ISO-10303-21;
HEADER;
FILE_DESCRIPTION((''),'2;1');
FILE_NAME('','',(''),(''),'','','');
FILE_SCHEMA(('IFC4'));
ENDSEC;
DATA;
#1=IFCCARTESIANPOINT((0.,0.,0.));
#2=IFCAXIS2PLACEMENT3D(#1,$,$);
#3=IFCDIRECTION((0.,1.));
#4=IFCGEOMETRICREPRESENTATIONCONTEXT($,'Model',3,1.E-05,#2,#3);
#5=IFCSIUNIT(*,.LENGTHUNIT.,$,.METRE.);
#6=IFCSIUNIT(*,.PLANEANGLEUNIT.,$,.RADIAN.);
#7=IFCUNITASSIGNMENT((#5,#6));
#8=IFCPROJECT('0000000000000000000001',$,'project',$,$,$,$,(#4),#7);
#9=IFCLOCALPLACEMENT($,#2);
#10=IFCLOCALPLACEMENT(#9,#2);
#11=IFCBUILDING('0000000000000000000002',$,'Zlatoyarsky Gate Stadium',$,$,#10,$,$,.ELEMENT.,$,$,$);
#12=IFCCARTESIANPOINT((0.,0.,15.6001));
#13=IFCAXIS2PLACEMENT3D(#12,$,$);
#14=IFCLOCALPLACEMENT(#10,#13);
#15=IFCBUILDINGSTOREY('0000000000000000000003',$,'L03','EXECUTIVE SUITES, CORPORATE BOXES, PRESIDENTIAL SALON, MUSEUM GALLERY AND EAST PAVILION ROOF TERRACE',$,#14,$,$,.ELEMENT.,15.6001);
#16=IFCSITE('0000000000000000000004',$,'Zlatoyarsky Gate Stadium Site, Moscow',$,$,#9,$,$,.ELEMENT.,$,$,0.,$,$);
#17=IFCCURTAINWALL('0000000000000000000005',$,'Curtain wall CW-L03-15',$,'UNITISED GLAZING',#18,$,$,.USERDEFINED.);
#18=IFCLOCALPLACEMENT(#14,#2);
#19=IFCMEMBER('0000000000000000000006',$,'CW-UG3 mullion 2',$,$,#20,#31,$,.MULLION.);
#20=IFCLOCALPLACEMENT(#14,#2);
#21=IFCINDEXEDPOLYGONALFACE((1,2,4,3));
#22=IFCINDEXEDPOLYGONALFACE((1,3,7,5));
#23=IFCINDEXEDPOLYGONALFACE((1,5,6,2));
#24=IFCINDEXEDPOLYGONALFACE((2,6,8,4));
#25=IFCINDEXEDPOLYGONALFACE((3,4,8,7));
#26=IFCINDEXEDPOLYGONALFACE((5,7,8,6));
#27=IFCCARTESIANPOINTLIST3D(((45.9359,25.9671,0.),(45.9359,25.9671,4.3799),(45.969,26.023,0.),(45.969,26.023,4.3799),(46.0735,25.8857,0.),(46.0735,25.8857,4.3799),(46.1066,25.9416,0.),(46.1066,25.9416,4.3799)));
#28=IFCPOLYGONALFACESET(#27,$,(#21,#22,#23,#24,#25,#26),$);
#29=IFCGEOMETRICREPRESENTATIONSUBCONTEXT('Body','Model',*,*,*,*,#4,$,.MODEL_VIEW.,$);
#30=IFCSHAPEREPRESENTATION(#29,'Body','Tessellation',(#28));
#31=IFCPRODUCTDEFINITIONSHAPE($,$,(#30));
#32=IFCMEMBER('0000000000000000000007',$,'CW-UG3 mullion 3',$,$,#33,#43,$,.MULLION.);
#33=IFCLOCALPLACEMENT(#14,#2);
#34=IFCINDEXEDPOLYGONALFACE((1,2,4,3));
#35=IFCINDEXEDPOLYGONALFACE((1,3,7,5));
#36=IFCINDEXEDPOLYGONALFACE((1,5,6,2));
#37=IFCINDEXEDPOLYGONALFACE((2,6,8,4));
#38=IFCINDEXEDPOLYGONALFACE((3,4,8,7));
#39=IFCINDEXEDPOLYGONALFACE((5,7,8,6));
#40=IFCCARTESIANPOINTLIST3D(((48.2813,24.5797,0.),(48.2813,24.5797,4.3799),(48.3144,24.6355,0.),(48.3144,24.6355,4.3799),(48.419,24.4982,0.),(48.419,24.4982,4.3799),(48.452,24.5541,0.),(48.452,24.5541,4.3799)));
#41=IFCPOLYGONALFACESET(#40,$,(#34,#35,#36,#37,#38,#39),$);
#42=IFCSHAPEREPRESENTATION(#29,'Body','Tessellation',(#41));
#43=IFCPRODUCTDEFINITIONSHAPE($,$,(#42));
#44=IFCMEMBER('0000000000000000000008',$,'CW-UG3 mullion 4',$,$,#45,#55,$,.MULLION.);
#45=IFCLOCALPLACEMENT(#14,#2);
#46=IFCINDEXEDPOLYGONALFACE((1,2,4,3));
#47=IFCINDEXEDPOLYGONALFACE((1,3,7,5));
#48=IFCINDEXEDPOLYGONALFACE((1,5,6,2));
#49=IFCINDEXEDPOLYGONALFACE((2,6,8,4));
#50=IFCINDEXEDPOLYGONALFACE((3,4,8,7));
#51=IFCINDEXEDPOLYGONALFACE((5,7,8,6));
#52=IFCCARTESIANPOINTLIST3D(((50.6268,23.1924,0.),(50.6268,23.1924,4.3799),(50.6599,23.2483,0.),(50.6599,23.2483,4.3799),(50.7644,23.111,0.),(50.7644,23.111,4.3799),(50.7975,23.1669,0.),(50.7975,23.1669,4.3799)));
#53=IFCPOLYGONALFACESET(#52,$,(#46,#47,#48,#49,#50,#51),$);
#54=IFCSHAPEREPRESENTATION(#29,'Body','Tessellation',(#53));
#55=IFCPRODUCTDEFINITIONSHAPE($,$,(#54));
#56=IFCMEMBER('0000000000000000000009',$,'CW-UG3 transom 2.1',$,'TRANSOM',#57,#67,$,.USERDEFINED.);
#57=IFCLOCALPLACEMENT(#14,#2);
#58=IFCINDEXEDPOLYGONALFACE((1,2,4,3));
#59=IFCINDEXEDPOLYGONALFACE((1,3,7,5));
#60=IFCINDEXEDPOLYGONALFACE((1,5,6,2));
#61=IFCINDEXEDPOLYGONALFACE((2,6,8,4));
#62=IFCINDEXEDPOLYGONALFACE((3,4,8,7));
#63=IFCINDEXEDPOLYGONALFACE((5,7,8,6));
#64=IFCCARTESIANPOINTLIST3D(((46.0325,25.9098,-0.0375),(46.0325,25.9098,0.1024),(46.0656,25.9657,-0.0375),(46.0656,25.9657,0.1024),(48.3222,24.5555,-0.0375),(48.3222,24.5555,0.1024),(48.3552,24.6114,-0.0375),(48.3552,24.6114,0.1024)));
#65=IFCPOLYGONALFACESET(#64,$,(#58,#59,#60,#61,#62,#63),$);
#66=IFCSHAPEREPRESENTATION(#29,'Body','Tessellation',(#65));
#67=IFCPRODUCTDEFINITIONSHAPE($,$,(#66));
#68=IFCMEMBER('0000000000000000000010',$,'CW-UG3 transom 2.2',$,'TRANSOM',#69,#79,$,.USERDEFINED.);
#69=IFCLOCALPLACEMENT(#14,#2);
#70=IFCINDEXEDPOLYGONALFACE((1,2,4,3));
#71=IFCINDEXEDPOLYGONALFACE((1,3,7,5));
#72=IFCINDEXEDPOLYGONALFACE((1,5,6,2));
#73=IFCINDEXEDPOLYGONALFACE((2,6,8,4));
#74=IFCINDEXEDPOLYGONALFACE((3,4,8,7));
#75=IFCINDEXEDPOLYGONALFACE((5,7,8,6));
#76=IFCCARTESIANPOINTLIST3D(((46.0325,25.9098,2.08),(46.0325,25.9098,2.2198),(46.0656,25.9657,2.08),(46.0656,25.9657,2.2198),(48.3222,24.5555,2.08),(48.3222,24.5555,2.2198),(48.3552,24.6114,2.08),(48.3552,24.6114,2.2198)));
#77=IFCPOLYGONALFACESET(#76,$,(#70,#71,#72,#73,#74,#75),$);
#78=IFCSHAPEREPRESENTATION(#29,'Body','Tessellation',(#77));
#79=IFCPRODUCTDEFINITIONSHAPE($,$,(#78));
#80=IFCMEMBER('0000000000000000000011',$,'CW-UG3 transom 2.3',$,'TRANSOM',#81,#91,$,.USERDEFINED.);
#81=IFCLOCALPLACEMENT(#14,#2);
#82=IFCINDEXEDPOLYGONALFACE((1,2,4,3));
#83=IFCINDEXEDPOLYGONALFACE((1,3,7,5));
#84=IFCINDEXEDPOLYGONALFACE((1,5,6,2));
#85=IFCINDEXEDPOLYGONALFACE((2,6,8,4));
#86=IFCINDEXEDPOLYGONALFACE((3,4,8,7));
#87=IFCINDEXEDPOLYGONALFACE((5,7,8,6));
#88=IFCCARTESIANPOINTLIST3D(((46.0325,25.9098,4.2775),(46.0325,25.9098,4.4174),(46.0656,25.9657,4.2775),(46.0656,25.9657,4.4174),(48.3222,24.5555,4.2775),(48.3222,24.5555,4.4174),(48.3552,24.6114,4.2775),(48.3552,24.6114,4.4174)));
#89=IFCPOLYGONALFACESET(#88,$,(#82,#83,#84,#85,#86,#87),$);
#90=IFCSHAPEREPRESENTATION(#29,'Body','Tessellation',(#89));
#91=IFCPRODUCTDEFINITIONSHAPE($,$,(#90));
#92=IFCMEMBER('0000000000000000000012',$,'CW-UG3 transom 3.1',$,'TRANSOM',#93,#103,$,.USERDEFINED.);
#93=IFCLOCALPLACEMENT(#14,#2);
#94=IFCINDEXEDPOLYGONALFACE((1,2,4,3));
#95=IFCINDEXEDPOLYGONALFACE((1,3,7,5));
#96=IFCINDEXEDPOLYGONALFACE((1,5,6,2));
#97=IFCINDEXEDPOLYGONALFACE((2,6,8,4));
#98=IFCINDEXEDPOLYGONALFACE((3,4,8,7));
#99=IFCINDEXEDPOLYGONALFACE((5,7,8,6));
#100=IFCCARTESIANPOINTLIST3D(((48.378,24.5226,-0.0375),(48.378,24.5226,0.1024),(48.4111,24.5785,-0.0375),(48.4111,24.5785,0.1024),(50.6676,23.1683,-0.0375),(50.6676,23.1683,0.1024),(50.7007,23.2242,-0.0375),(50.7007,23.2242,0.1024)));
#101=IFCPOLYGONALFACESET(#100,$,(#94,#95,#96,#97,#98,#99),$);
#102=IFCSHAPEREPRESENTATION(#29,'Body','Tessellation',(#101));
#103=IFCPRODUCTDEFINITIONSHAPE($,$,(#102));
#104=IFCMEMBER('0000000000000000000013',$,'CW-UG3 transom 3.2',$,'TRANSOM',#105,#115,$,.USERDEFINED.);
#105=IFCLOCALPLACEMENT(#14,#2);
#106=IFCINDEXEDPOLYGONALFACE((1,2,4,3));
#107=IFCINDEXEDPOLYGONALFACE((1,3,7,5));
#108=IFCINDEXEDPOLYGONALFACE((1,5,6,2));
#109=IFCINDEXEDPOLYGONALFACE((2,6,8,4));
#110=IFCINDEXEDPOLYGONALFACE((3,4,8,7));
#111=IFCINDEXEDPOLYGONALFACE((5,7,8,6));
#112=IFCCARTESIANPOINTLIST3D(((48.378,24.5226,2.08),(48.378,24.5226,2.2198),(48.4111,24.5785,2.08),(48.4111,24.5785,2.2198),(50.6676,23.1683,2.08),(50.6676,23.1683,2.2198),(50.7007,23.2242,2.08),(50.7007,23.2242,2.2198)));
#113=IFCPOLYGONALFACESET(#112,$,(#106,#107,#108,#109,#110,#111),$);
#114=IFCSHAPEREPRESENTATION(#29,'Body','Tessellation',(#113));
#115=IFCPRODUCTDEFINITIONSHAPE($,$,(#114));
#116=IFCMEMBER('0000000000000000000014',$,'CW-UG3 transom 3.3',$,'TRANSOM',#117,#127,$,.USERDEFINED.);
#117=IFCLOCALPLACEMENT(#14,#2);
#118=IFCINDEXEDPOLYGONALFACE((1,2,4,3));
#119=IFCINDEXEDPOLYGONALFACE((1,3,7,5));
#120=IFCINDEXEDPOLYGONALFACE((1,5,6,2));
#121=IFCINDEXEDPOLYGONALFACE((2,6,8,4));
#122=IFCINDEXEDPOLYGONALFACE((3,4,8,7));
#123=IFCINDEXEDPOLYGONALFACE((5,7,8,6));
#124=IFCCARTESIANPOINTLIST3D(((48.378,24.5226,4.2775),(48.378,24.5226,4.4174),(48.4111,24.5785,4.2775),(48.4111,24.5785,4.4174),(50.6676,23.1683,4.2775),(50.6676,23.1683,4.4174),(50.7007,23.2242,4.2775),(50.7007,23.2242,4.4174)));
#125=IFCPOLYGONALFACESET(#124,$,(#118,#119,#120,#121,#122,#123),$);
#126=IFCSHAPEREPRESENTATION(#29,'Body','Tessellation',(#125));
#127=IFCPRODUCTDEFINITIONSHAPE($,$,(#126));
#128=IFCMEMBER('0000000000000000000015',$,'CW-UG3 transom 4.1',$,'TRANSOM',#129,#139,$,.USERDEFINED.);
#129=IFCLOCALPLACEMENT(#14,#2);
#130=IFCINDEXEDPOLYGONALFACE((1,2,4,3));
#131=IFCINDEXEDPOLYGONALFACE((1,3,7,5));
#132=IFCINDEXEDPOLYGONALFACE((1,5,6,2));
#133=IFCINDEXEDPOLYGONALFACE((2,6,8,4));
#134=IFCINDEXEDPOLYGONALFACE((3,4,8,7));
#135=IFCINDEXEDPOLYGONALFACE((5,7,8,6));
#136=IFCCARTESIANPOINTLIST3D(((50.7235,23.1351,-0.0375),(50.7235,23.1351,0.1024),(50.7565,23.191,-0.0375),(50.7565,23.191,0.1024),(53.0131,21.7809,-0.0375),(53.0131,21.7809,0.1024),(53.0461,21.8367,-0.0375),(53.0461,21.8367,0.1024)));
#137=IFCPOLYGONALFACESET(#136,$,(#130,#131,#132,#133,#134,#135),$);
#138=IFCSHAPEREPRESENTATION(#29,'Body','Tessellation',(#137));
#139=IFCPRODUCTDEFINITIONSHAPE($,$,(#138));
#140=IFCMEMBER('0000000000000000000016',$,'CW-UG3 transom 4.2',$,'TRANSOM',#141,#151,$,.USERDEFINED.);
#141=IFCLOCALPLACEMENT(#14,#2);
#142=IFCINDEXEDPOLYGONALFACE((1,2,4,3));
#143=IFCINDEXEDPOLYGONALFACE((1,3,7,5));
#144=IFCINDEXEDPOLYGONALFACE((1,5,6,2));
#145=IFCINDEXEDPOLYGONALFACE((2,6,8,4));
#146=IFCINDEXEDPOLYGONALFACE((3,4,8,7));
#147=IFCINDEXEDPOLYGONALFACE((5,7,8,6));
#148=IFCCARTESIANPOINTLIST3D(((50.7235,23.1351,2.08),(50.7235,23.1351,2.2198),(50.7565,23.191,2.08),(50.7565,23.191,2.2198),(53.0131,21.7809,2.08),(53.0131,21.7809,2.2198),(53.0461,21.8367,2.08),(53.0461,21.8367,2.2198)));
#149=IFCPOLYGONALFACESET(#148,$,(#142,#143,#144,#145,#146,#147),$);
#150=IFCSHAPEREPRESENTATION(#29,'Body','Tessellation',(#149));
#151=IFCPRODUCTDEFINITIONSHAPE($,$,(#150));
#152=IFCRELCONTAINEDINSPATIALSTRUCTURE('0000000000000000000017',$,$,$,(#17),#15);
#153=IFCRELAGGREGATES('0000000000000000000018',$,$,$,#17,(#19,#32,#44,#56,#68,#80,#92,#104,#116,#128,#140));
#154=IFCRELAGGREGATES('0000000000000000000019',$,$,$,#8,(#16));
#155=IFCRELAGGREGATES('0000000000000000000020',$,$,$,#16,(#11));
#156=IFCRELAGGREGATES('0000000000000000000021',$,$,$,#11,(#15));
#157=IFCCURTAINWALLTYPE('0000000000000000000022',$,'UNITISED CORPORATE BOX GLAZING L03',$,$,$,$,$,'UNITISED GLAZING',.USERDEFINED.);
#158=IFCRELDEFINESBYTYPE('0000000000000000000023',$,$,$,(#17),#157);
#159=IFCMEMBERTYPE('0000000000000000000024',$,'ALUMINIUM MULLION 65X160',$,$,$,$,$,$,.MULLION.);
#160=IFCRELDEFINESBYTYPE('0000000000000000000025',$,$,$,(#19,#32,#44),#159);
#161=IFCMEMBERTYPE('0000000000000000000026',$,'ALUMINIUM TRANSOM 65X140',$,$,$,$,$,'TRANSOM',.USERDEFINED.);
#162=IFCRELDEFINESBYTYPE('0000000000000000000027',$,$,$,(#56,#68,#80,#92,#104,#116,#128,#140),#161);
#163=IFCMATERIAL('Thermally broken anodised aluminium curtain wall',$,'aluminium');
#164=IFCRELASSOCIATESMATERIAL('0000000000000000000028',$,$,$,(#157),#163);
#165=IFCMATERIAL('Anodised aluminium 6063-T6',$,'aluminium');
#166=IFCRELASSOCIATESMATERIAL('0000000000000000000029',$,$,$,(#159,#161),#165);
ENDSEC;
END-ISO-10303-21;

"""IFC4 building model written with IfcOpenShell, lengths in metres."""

from ifc_helpers import new_model, si_unit, direction, frame, origin, origin_2d, place, context, subcontext, project, spatial, rectangle, extrude, material, material_profile, profile_set, type_object, element, aggregate, save


model = new_model("IFC4")

# Units and contexts
model_context = context("Model", 3, precision=1e-05, world=origin(), true_north=direction((0.0, 1.0)))
body_context = subcontext(model_context, "Body", "Model", "MODEL_VIEW")
ifc_project = project(units=[si_unit("LENGTHUNIT", "METRE"), si_unit("PLANEANGLEUNIT", "RADIAN")], contexts=[model_context])

# Site, building, storey
site_placement = place(None, origin())
site = spatial("IfcSite", under=ifc_project, at=site_placement, Name="Zlatoyarsky Gate Stadium Site, Moscow", CompositionType="ELEMENT", RefElevation=0.0)
building_placement = place(site_placement, origin())
building = spatial("IfcBuilding", under=site, at=building_placement, Name="Zlatoyarsky Gate Stadium", CompositionType="ELEMENT")
storey_placement = place(building_placement, frame((0.0, 0.0, 15.6001)))
storey = spatial("IfcBuildingStorey", under=building, at=storey_placement, Name="L03", Description="EXECUTIVE SUITES, CORPORATE BOXES, PRESIDENTIAL SALON, MUSEUM GALLERY AND EAST PAVILION ROOF TERRACE", CompositionType="ELEMENT", Elevation=15.6001)

# Curtain wall, members
ifc_material_1 = material(Name="Thermally broken anodised aluminium curtain wall", Category="aluminium")
curtain_wall_type = type_object("IfcCurtainWallType", Name="UNITISED CORPORATE BOX GLAZING L03", ElementType="UNITISED GLAZING", PredefinedType="USERDEFINED", material=ifc_material_1)
curtain_wall_placement = place(storey_placement, origin())
curtain_wall = element("IfcCurtainWall", 1, at=curtain_wall_placement, inside=storey, type_object=curtain_wall_type, Name="Curtain wall CW-L03-15", ObjectType="UNITISED GLAZING", PredefinedType="USERDEFINED")
ifc_material_2 = material(Name="Anodised aluminium 6063-T6", Category="aluminium")
ifc_material_profile_1 = material_profile(ifc_material_2, rectangle(XDim=0.0649, YDim=0.1599, at=origin_2d()), Name="ALU 65X160")
ifc_profile_set_1 = profile_set([ifc_material_profile_1], Name="Anodised aluminium 6063-T6")
member_type_1 = type_object("IfcMemberType", Name="ALUMINIUM MULLION 65X160", PredefinedType="MULLION", material=ifc_profile_set_1)
member_1_placement = place(storey_placement, frame((46.0212, 25.9543, 0.0), z_axis=(0.0, 0.0, 1.0), x_axis=(0.509098, 0.860708, 0.0)))
member_1 = element("IfcMember", 2, at=member_1_placement, type_object=member_type_1, Name="CW-UG3 mullion 2", PredefinedType="MULLION", context=body_context, shape_type="SweptSolid", body=[
    extrude(rectangle(XDim=0.0649, YDim=0.1599, at=origin_2d()), origin(), (0.0, 0.0, 1.0), 4.3799),
])
member_2_placement = place(storey_placement, frame((48.3667, 24.5669, 0.0), z_axis=(0.0, 0.0, 1.0), x_axis=(0.509098, 0.860708, 0.0)))
member_2 = element("IfcMember", 3, at=member_2_placement, type_object=member_type_1, Name="CW-UG3 mullion 3", PredefinedType="MULLION", context=body_context, shape_type="SweptSolid", body=[
    extrude(rectangle(XDim=0.0649, YDim=0.1599, at=origin_2d()), origin(), (0.0, 0.0, 1.0), 4.3799),
])
member_3_placement = place(storey_placement, frame((50.7122, 23.1797, 0.0), z_axis=(0.0, 0.0, 1.0), x_axis=(0.509098, 0.860708, 0.0)))
member_3 = element("IfcMember", 4, at=member_3_placement, type_object=member_type_1, Name="CW-UG3 mullion 4", PredefinedType="MULLION", context=body_context, shape_type="SweptSolid", body=[
    extrude(rectangle(XDim=0.0649, YDim=0.1599, at=origin_2d()), origin(), (0.0, 0.0, 1.0), 4.3799),
])
ifc_material_profile_2 = material_profile(ifc_material_2, rectangle(XDim=0.0649, YDim=0.1399, at=origin_2d()), Name="ALU 65X140")
ifc_profile_set_2 = profile_set([ifc_material_profile_2], Name="Anodised aluminium 6063-T6")
member_type_2 = type_object("IfcMemberType", Name="ALUMINIUM TRANSOM 65X140", ElementType="TRANSOM", PredefinedType="USERDEFINED", material=ifc_profile_set_2)
member_4_placement = place(storey_placement, frame((46.0491, 25.9377, 0.0325), z_axis=(0.860707, -0.5091, 0.0), x_axis=(0.5091, 0.860707, 0.0)))
member_4 = element("IfcMember", 5, at=member_4_placement, type_object=member_type_2, Name="CW-UG3 transom 2.1", ObjectType="TRANSOM", PredefinedType="USERDEFINED", context=body_context, shape_type="SweptSolid", body=[
    extrude(rectangle(XDim=0.0649, YDim=0.1399, at=origin_2d()), origin(), (0.0, 0.0, 1.0), 2.6602),
])
member_5_placement = place(storey_placement, frame((46.0491, 25.9377, 2.1499), z_axis=(0.860707, -0.5091, 0.0), x_axis=(0.5091, 0.860707, 0.0)))
member_5 = element("IfcMember", 6, at=member_5_placement, type_object=member_type_2, Name="CW-UG3 transom 2.2", ObjectType="TRANSOM", PredefinedType="USERDEFINED", context=body_context, shape_type="SweptSolid", body=[
    extrude(rectangle(XDim=0.0649, YDim=0.1399, at=origin_2d()), origin(), (0.0, 0.0, 1.0), 2.6602),
])
member_6_placement = place(storey_placement, frame((46.0491, 25.9377, 4.3474), z_axis=(0.860707, -0.5091, 0.0), x_axis=(0.5091, 0.860707, 0.0)))
member_6 = element("IfcMember", 7, at=member_6_placement, type_object=member_type_2, Name="CW-UG3 transom 2.3", ObjectType="TRANSOM", PredefinedType="USERDEFINED", context=body_context, shape_type="SweptSolid", body=[
    extrude(rectangle(XDim=0.0649, YDim=0.1399, at=origin_2d()), origin(), (0.0, 0.0, 1.0), 2.6602),
])
member_7_placement = place(storey_placement, frame((48.3945, 24.5505, 0.0325), z_axis=(0.860707, -0.5091, 0.0), x_axis=(0.5091, 0.860707, 0.0)))
member_7 = element("IfcMember", 8, at=member_7_placement, type_object=member_type_2, Name="CW-UG3 transom 3.1", ObjectType="TRANSOM", PredefinedType="USERDEFINED", context=body_context, shape_type="SweptSolid", body=[
    extrude(rectangle(XDim=0.0649, YDim=0.1399, at=origin_2d()), origin(), (0.0, 0.0, 1.0), 2.6602),
])
member_8_placement = place(storey_placement, frame((48.3945, 24.5505, 2.1499), z_axis=(0.860707, -0.5091, 0.0), x_axis=(0.5091, 0.860707, 0.0)))
member_8 = element("IfcMember", 9, at=member_8_placement, type_object=member_type_2, Name="CW-UG3 transom 3.2", ObjectType="TRANSOM", PredefinedType="USERDEFINED", context=body_context, shape_type="SweptSolid", body=[
    extrude(rectangle(XDim=0.0649, YDim=0.1399, at=origin_2d()), origin(), (0.0, 0.0, 1.0), 2.6602),
])
member_9_placement = place(storey_placement, frame((48.3945, 24.5505, 4.3474), z_axis=(0.860707, -0.5091, 0.0), x_axis=(0.5091, 0.860707, 0.0)))
member_9 = element("IfcMember", 10, at=member_9_placement, type_object=member_type_2, Name="CW-UG3 transom 3.3", ObjectType="TRANSOM", PredefinedType="USERDEFINED", context=body_context, shape_type="SweptSolid", body=[
    extrude(rectangle(XDim=0.0649, YDim=0.1399, at=origin_2d()), origin(), (0.0, 0.0, 1.0), 2.6602),
])
member_10_placement = place(storey_placement, frame((50.74, 23.1631, 0.0325), z_axis=(0.860707, -0.5091, 0.0), x_axis=(0.5091, 0.860707, 0.0)))
member_10 = element("IfcMember", 11, at=member_10_placement, type_object=member_type_2, Name="CW-UG3 transom 4.1", ObjectType="TRANSOM", PredefinedType="USERDEFINED", context=body_context, shape_type="SweptSolid", body=[
    extrude(rectangle(XDim=0.0649, YDim=0.1399, at=origin_2d()), origin(), (0.0, 0.0, 1.0), 2.6602),
])
member_11_placement = place(storey_placement, frame((50.74, 23.1631, 2.1499), z_axis=(0.860707, -0.5091, 0.0), x_axis=(0.5091, 0.860707, 0.0)))
member_11 = element("IfcMember", 12, at=member_11_placement, type_object=member_type_2, Name="CW-UG3 transom 4.2", ObjectType="TRANSOM", PredefinedType="USERDEFINED", context=body_context, shape_type="SweptSolid", body=[
    extrude(rectangle(XDim=0.0649, YDim=0.1399, at=origin_2d()), origin(), (0.0, 0.0, 1.0), 2.6602),
])

aggregate(curtain_wall, [member_1, member_2, member_3, member_4, member_5, member_6, member_7, member_8, member_9, member_10, member_11])

save(model, "model.ifc")
